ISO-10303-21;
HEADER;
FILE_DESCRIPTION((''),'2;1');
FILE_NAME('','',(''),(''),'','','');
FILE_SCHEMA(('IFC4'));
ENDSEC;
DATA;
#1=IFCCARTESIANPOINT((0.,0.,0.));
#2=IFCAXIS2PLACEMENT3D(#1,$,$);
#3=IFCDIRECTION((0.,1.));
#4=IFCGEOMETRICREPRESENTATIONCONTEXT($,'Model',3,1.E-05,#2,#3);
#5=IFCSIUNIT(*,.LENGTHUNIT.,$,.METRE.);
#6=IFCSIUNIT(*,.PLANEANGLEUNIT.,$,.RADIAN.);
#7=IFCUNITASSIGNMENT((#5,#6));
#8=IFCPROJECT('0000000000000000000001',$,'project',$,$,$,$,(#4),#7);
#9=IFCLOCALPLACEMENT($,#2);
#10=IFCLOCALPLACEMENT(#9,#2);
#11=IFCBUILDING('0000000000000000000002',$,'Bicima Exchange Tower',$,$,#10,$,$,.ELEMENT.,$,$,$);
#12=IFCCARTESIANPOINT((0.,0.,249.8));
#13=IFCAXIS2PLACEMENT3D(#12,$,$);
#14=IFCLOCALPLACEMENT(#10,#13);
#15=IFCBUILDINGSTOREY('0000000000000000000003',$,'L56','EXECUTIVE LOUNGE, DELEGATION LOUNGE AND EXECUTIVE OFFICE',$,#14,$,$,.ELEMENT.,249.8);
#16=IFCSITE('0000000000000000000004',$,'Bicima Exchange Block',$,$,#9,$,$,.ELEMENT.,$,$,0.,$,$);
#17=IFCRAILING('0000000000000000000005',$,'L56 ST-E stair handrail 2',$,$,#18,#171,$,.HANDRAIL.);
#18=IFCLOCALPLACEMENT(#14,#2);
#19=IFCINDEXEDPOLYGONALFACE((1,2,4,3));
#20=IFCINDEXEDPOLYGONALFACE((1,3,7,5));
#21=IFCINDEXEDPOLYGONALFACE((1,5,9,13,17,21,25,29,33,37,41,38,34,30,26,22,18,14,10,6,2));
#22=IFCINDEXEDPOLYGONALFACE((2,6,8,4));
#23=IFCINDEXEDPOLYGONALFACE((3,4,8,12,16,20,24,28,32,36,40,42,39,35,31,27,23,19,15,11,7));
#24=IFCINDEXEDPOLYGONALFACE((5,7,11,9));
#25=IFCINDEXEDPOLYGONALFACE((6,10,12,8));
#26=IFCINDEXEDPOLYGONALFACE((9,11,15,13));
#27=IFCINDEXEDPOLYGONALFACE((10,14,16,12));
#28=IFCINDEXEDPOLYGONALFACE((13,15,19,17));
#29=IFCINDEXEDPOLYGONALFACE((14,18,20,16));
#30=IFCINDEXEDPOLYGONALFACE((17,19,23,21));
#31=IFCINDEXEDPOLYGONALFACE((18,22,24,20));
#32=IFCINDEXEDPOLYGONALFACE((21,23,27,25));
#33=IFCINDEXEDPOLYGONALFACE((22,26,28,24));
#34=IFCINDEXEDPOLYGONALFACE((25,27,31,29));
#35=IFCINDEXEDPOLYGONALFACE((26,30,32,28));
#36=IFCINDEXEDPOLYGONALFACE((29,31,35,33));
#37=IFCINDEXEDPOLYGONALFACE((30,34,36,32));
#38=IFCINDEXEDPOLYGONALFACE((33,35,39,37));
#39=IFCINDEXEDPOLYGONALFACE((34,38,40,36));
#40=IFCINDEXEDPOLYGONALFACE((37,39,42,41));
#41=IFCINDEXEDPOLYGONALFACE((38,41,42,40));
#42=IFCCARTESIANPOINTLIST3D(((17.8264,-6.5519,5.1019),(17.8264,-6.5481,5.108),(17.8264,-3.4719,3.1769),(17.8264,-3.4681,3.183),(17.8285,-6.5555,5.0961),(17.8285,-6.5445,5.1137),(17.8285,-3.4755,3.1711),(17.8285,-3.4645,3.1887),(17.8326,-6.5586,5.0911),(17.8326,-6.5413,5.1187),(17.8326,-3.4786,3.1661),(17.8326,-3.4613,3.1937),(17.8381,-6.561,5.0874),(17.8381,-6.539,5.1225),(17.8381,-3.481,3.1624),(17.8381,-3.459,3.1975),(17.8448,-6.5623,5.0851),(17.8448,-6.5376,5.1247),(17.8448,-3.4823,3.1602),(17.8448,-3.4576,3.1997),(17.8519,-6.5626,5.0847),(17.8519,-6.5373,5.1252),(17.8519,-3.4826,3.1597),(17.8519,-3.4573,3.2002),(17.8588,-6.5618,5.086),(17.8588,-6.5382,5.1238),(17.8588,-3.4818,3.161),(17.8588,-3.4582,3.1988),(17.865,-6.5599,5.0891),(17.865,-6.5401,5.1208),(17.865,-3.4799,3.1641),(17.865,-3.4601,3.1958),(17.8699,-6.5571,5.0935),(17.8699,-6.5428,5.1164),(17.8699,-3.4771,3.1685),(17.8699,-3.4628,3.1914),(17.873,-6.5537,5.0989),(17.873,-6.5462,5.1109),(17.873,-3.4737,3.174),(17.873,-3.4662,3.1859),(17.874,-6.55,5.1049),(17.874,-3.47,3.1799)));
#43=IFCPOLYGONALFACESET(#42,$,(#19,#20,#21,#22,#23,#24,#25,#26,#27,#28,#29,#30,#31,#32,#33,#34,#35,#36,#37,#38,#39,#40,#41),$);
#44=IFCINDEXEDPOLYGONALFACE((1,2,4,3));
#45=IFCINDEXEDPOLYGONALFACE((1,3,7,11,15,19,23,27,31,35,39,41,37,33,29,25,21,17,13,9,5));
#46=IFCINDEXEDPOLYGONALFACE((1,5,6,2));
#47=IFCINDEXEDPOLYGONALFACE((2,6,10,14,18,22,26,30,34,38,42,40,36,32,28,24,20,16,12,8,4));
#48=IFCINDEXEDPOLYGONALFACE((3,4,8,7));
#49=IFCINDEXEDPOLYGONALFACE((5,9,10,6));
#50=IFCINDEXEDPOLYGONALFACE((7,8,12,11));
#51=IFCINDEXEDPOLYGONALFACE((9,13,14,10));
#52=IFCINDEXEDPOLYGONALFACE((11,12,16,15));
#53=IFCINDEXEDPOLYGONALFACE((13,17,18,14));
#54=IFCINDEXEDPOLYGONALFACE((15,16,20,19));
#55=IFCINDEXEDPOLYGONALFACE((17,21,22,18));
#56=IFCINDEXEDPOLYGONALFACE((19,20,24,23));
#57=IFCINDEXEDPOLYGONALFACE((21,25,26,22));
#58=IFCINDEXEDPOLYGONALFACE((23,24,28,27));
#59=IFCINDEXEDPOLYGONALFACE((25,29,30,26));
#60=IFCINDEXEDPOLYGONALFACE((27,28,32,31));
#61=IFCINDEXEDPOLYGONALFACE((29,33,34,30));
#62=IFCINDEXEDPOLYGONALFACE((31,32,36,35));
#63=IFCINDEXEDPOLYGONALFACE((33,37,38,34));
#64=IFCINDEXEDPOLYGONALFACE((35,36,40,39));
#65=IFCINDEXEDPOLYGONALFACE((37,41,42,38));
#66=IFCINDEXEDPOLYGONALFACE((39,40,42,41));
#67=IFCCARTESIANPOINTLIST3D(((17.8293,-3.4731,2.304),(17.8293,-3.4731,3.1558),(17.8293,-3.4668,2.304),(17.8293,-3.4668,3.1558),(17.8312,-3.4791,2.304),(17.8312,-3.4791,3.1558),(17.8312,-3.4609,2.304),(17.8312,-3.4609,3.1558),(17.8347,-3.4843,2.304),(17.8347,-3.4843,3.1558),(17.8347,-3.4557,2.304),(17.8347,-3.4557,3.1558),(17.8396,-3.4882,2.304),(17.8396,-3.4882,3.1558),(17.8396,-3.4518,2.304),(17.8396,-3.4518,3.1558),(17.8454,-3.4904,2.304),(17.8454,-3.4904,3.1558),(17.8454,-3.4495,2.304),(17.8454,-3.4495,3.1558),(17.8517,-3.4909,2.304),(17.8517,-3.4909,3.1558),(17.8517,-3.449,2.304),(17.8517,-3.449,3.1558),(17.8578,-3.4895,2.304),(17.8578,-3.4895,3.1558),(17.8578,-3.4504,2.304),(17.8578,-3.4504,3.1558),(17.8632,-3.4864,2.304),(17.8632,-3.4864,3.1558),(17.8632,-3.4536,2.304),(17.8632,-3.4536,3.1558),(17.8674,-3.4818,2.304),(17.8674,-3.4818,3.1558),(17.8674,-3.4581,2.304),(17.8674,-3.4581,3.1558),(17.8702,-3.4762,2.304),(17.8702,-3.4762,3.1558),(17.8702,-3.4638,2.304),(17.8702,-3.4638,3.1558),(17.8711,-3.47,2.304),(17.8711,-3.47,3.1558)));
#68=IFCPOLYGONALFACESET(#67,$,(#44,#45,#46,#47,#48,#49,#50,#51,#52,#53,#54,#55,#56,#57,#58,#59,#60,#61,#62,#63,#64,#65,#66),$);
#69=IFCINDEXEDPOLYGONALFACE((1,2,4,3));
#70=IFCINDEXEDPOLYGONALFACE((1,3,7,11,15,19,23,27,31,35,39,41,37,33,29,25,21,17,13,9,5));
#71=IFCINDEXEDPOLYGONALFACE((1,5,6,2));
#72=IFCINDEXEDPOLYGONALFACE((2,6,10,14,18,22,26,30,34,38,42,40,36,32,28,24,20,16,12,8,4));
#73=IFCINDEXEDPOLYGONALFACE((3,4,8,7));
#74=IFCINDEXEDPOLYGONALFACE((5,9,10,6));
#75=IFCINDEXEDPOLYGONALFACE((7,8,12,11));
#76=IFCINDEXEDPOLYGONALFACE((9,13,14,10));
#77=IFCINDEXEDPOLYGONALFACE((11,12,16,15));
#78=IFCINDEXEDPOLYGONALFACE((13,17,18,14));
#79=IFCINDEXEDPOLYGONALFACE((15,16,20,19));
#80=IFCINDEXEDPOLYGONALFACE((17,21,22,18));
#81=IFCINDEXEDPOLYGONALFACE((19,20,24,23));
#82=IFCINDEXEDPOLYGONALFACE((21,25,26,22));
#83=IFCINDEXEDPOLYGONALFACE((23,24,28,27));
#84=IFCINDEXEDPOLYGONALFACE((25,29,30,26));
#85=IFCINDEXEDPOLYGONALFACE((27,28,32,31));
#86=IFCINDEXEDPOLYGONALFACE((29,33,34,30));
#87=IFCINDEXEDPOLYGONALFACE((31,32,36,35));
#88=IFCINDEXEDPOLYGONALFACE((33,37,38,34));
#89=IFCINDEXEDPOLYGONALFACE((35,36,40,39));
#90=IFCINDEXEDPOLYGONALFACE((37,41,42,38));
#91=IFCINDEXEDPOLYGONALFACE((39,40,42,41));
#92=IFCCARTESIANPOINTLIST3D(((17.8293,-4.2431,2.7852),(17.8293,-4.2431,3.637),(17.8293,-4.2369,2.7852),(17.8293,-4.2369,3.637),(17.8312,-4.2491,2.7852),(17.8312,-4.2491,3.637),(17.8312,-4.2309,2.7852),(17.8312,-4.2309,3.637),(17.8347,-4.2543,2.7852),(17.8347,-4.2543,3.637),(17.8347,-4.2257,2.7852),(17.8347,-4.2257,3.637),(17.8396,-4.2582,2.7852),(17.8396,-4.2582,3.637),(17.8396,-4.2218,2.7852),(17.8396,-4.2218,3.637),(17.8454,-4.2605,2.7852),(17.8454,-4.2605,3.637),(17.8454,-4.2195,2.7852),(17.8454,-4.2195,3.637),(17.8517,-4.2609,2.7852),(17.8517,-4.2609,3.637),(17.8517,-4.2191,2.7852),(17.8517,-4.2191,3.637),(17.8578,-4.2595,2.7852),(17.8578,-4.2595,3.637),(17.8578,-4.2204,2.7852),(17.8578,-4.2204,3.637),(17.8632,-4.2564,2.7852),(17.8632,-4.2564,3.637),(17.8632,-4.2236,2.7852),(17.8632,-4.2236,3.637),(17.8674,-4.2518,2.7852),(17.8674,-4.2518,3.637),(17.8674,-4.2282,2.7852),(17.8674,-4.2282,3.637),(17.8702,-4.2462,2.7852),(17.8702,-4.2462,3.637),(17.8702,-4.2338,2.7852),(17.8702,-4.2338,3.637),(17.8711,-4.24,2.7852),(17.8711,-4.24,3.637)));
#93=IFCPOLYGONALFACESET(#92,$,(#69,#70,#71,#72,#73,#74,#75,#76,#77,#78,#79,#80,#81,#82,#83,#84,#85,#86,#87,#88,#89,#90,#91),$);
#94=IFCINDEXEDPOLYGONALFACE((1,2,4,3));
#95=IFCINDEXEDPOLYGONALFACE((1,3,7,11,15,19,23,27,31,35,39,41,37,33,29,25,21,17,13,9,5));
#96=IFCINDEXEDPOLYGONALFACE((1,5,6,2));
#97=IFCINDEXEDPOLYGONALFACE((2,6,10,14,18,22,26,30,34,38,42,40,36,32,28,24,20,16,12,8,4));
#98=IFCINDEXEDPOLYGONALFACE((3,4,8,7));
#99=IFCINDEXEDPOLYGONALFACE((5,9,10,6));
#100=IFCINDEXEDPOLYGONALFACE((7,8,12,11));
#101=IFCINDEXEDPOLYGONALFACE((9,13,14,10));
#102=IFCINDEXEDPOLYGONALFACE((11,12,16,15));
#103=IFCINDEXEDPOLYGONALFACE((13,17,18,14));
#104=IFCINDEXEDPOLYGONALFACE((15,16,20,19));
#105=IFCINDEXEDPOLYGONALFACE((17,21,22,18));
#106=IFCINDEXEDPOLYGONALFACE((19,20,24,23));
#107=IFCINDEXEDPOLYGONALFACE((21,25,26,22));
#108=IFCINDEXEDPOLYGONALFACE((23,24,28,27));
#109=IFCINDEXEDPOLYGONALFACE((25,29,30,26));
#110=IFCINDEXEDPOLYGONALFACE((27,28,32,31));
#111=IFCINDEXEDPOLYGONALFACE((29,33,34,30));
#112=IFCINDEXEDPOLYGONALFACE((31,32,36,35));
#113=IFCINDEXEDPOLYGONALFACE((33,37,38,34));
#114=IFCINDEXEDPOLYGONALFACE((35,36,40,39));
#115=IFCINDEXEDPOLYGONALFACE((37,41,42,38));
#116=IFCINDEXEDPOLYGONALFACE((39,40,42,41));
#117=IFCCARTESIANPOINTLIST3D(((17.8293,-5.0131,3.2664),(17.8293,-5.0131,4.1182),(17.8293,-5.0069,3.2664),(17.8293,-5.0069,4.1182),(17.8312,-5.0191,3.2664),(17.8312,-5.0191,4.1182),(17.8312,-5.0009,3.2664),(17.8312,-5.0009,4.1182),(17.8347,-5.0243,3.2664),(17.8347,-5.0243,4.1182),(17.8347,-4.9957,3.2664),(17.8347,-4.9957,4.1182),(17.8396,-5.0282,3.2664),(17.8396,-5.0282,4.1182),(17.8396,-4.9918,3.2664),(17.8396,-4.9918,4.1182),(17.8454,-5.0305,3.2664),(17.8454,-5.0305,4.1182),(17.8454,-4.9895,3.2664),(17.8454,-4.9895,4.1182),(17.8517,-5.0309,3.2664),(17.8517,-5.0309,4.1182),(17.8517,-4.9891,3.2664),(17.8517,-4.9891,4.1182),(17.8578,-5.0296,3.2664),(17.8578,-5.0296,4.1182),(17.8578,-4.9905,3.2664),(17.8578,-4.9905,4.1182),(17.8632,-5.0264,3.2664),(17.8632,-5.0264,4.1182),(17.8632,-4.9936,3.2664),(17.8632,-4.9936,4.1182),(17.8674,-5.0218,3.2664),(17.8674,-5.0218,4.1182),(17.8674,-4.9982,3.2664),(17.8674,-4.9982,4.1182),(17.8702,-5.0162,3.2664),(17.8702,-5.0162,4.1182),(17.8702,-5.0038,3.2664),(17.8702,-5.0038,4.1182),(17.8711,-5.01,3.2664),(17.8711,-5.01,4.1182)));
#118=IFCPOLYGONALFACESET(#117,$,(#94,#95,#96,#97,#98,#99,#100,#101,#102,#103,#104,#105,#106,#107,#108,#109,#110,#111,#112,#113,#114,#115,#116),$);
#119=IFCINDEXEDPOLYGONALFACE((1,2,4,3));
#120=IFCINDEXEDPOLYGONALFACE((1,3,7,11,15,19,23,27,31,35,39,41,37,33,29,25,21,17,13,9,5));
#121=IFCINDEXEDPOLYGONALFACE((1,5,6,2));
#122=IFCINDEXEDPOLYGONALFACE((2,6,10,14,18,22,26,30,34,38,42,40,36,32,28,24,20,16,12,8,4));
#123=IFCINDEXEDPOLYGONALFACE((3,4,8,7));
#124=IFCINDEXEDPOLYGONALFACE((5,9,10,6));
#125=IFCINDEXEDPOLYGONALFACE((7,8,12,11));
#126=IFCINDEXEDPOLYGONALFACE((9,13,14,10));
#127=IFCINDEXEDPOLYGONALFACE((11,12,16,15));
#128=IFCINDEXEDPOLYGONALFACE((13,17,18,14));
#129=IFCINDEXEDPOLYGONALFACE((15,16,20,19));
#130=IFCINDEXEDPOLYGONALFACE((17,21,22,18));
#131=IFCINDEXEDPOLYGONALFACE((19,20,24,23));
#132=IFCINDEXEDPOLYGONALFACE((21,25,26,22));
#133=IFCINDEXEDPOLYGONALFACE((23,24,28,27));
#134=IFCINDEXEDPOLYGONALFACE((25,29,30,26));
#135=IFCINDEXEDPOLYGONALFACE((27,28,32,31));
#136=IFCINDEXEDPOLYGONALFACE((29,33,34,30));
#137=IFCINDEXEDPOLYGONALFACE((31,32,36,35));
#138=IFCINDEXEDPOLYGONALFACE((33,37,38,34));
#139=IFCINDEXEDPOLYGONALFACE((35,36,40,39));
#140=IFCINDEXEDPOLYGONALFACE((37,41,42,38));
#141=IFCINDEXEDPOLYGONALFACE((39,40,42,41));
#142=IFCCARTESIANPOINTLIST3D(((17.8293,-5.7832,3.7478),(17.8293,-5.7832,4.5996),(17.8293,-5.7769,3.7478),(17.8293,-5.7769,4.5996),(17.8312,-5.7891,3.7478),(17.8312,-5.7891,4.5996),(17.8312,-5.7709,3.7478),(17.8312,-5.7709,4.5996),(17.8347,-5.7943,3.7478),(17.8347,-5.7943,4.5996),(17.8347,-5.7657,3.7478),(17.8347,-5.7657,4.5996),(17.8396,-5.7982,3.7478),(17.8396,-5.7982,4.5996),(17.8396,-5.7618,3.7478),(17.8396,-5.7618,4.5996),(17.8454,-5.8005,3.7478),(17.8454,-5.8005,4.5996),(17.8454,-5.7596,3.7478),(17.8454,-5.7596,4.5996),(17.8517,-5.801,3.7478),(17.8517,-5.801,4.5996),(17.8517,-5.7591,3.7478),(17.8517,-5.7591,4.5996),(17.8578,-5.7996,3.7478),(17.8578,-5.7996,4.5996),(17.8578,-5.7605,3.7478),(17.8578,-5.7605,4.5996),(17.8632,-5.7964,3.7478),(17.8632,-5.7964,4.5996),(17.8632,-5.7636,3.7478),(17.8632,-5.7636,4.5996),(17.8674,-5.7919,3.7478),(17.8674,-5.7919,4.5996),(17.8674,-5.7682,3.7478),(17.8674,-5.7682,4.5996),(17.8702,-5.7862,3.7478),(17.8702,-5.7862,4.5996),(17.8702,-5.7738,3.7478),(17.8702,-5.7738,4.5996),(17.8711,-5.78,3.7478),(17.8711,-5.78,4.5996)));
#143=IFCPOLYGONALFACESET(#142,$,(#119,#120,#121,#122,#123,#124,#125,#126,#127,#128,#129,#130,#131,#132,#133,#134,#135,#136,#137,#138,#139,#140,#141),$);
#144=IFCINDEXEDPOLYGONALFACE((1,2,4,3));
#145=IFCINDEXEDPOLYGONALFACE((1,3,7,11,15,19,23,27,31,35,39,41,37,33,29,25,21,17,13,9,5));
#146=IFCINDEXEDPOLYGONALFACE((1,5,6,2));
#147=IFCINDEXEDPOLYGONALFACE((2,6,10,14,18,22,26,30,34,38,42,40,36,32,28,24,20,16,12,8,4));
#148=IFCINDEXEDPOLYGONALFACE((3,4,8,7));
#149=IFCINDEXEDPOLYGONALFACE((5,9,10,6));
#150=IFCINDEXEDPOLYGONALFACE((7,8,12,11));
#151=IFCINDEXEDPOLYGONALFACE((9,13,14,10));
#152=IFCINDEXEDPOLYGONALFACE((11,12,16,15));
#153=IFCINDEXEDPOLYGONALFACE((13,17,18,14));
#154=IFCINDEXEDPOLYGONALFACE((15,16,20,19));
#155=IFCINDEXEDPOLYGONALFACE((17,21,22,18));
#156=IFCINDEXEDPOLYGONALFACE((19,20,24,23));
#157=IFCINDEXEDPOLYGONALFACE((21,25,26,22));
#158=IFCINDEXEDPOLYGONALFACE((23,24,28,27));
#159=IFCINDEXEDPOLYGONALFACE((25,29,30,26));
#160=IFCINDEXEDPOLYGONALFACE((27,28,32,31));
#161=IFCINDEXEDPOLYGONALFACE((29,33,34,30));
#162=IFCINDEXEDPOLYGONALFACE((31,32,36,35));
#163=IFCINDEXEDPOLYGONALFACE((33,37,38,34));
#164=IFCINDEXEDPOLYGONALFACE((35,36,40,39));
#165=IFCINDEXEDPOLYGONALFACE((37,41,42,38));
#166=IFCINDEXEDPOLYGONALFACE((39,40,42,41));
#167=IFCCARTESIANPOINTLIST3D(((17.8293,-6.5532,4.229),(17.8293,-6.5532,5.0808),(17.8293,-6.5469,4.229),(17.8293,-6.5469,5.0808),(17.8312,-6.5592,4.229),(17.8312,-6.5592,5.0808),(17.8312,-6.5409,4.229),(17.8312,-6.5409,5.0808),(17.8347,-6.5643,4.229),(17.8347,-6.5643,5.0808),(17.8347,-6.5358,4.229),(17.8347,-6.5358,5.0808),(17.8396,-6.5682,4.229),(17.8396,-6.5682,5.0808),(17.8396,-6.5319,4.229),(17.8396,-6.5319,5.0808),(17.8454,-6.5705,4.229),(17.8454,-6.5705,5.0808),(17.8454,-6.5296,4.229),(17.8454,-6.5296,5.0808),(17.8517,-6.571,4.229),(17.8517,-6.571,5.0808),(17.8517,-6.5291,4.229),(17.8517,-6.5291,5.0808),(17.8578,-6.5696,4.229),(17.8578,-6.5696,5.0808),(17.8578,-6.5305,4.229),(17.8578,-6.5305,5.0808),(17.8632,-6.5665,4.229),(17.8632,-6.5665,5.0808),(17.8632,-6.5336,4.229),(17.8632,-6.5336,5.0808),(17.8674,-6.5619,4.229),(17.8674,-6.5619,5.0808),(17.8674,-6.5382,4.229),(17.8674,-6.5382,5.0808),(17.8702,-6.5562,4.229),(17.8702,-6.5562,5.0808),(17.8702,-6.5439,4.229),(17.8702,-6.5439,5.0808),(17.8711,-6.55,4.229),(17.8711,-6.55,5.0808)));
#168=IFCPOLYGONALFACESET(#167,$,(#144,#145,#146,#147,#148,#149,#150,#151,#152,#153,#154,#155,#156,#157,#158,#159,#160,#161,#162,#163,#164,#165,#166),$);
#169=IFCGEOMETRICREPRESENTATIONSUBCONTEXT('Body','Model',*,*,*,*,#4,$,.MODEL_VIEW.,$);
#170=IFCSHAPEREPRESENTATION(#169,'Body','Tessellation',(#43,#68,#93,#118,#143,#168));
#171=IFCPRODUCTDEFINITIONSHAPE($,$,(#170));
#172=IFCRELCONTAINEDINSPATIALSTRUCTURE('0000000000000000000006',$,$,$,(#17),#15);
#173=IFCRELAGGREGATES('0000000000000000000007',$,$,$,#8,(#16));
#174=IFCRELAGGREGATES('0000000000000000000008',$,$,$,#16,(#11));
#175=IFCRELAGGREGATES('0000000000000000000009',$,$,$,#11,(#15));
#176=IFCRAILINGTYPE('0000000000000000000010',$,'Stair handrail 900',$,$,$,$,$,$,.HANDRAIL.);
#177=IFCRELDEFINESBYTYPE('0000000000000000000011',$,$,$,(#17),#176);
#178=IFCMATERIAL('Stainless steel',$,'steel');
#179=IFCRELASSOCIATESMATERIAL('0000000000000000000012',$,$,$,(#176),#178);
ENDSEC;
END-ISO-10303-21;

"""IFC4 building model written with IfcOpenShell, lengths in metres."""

from ifc_helpers import new_model, si_unit, direction, frame, origin, origin_2d, place, context, subcontext, project, spatial, circle, extrude, material, type_object, element, save


model = new_model("IFC4")

# Units and contexts
model_context = context("Model", 3, precision=1e-05, world=origin(), true_north=direction((0.0, 1.0)))
body_context = subcontext(model_context, "Body", "Model", "MODEL_VIEW")
ifc_project = project(units=[si_unit("LENGTHUNIT", "METRE"), si_unit("PLANEANGLEUNIT", "RADIAN")], contexts=[model_context])

# Site, building, storey
site_placement = place(None, origin())
site = spatial("IfcSite", under=ifc_project, at=site_placement, Name="Bicima Exchange Block", CompositionType="ELEMENT", RefElevation=0.0)
building_placement = place(site_placement, origin())
building = spatial("IfcBuilding", under=site, at=building_placement, Name="Bicima Exchange Tower", CompositionType="ELEMENT")
storey_placement = place(building_placement, frame((0.0, 0.0, 249.8)))
storey = spatial("IfcBuildingStorey", under=building, at=storey_placement, Name="L56", Description="EXECUTIVE LOUNGE, DELEGATION LOUNGE AND EXECUTIVE OFFICE", CompositionType="ELEMENT", Elevation=249.8)

# Railing
ifc_material_1 = material(Name="Stainless steel", Category="steel")
railing_type_1 = type_object("IfcRailingType", Name="Stair handrail 900", PredefinedType="HANDRAIL", material=ifc_material_1)
for number, where, name in (
    (1, (17.8501, -3.47, 2.304), "L56 ST-E stair handrail 2"),
):
    element("IfcRailing", number, at=place(storey_placement, frame(where)), inside=storey, type_object=railing_type_1, Name=name, PredefinedType="HANDRAIL", context=body_context, shape_type="SweptSolid", body=[
        extrude(circle(Radius=0.0239, at=origin_2d()), frame((0.0, 0.0, 0.876), z_axis=(0.0, -0.847998, 0.529999), x_axis=(1.0, 0.0, 0.0)), (0.0, 0.0, 1.0), 3.6321),
        extrude(circle(Radius=0.021, at=origin_2d()), origin(), (0.0, 0.0, 1.0), 0.8518),
        extrude(circle(Radius=0.021, at=origin_2d()), frame((0.0, -0.77, 0.4812)), (0.0, 0.0, 1.0), 0.8518),
        extrude(circle(Radius=0.021, at=origin_2d()), frame((0.0, -1.54, 0.9624)), (0.0, 0.0, 1.0), 0.8518),
        extrude(circle(Radius=0.021, at=origin_2d()), frame((0.0, -2.3101, 1.4438)), (0.0, 0.0, 1.0), 0.8518),
        extrude(circle(Radius=0.021, at=origin_2d()), frame((0.0, -3.0801, 1.925)), (0.0, 0.0, 1.0), 0.8518),
    ])

save(model, "model.ifc")
